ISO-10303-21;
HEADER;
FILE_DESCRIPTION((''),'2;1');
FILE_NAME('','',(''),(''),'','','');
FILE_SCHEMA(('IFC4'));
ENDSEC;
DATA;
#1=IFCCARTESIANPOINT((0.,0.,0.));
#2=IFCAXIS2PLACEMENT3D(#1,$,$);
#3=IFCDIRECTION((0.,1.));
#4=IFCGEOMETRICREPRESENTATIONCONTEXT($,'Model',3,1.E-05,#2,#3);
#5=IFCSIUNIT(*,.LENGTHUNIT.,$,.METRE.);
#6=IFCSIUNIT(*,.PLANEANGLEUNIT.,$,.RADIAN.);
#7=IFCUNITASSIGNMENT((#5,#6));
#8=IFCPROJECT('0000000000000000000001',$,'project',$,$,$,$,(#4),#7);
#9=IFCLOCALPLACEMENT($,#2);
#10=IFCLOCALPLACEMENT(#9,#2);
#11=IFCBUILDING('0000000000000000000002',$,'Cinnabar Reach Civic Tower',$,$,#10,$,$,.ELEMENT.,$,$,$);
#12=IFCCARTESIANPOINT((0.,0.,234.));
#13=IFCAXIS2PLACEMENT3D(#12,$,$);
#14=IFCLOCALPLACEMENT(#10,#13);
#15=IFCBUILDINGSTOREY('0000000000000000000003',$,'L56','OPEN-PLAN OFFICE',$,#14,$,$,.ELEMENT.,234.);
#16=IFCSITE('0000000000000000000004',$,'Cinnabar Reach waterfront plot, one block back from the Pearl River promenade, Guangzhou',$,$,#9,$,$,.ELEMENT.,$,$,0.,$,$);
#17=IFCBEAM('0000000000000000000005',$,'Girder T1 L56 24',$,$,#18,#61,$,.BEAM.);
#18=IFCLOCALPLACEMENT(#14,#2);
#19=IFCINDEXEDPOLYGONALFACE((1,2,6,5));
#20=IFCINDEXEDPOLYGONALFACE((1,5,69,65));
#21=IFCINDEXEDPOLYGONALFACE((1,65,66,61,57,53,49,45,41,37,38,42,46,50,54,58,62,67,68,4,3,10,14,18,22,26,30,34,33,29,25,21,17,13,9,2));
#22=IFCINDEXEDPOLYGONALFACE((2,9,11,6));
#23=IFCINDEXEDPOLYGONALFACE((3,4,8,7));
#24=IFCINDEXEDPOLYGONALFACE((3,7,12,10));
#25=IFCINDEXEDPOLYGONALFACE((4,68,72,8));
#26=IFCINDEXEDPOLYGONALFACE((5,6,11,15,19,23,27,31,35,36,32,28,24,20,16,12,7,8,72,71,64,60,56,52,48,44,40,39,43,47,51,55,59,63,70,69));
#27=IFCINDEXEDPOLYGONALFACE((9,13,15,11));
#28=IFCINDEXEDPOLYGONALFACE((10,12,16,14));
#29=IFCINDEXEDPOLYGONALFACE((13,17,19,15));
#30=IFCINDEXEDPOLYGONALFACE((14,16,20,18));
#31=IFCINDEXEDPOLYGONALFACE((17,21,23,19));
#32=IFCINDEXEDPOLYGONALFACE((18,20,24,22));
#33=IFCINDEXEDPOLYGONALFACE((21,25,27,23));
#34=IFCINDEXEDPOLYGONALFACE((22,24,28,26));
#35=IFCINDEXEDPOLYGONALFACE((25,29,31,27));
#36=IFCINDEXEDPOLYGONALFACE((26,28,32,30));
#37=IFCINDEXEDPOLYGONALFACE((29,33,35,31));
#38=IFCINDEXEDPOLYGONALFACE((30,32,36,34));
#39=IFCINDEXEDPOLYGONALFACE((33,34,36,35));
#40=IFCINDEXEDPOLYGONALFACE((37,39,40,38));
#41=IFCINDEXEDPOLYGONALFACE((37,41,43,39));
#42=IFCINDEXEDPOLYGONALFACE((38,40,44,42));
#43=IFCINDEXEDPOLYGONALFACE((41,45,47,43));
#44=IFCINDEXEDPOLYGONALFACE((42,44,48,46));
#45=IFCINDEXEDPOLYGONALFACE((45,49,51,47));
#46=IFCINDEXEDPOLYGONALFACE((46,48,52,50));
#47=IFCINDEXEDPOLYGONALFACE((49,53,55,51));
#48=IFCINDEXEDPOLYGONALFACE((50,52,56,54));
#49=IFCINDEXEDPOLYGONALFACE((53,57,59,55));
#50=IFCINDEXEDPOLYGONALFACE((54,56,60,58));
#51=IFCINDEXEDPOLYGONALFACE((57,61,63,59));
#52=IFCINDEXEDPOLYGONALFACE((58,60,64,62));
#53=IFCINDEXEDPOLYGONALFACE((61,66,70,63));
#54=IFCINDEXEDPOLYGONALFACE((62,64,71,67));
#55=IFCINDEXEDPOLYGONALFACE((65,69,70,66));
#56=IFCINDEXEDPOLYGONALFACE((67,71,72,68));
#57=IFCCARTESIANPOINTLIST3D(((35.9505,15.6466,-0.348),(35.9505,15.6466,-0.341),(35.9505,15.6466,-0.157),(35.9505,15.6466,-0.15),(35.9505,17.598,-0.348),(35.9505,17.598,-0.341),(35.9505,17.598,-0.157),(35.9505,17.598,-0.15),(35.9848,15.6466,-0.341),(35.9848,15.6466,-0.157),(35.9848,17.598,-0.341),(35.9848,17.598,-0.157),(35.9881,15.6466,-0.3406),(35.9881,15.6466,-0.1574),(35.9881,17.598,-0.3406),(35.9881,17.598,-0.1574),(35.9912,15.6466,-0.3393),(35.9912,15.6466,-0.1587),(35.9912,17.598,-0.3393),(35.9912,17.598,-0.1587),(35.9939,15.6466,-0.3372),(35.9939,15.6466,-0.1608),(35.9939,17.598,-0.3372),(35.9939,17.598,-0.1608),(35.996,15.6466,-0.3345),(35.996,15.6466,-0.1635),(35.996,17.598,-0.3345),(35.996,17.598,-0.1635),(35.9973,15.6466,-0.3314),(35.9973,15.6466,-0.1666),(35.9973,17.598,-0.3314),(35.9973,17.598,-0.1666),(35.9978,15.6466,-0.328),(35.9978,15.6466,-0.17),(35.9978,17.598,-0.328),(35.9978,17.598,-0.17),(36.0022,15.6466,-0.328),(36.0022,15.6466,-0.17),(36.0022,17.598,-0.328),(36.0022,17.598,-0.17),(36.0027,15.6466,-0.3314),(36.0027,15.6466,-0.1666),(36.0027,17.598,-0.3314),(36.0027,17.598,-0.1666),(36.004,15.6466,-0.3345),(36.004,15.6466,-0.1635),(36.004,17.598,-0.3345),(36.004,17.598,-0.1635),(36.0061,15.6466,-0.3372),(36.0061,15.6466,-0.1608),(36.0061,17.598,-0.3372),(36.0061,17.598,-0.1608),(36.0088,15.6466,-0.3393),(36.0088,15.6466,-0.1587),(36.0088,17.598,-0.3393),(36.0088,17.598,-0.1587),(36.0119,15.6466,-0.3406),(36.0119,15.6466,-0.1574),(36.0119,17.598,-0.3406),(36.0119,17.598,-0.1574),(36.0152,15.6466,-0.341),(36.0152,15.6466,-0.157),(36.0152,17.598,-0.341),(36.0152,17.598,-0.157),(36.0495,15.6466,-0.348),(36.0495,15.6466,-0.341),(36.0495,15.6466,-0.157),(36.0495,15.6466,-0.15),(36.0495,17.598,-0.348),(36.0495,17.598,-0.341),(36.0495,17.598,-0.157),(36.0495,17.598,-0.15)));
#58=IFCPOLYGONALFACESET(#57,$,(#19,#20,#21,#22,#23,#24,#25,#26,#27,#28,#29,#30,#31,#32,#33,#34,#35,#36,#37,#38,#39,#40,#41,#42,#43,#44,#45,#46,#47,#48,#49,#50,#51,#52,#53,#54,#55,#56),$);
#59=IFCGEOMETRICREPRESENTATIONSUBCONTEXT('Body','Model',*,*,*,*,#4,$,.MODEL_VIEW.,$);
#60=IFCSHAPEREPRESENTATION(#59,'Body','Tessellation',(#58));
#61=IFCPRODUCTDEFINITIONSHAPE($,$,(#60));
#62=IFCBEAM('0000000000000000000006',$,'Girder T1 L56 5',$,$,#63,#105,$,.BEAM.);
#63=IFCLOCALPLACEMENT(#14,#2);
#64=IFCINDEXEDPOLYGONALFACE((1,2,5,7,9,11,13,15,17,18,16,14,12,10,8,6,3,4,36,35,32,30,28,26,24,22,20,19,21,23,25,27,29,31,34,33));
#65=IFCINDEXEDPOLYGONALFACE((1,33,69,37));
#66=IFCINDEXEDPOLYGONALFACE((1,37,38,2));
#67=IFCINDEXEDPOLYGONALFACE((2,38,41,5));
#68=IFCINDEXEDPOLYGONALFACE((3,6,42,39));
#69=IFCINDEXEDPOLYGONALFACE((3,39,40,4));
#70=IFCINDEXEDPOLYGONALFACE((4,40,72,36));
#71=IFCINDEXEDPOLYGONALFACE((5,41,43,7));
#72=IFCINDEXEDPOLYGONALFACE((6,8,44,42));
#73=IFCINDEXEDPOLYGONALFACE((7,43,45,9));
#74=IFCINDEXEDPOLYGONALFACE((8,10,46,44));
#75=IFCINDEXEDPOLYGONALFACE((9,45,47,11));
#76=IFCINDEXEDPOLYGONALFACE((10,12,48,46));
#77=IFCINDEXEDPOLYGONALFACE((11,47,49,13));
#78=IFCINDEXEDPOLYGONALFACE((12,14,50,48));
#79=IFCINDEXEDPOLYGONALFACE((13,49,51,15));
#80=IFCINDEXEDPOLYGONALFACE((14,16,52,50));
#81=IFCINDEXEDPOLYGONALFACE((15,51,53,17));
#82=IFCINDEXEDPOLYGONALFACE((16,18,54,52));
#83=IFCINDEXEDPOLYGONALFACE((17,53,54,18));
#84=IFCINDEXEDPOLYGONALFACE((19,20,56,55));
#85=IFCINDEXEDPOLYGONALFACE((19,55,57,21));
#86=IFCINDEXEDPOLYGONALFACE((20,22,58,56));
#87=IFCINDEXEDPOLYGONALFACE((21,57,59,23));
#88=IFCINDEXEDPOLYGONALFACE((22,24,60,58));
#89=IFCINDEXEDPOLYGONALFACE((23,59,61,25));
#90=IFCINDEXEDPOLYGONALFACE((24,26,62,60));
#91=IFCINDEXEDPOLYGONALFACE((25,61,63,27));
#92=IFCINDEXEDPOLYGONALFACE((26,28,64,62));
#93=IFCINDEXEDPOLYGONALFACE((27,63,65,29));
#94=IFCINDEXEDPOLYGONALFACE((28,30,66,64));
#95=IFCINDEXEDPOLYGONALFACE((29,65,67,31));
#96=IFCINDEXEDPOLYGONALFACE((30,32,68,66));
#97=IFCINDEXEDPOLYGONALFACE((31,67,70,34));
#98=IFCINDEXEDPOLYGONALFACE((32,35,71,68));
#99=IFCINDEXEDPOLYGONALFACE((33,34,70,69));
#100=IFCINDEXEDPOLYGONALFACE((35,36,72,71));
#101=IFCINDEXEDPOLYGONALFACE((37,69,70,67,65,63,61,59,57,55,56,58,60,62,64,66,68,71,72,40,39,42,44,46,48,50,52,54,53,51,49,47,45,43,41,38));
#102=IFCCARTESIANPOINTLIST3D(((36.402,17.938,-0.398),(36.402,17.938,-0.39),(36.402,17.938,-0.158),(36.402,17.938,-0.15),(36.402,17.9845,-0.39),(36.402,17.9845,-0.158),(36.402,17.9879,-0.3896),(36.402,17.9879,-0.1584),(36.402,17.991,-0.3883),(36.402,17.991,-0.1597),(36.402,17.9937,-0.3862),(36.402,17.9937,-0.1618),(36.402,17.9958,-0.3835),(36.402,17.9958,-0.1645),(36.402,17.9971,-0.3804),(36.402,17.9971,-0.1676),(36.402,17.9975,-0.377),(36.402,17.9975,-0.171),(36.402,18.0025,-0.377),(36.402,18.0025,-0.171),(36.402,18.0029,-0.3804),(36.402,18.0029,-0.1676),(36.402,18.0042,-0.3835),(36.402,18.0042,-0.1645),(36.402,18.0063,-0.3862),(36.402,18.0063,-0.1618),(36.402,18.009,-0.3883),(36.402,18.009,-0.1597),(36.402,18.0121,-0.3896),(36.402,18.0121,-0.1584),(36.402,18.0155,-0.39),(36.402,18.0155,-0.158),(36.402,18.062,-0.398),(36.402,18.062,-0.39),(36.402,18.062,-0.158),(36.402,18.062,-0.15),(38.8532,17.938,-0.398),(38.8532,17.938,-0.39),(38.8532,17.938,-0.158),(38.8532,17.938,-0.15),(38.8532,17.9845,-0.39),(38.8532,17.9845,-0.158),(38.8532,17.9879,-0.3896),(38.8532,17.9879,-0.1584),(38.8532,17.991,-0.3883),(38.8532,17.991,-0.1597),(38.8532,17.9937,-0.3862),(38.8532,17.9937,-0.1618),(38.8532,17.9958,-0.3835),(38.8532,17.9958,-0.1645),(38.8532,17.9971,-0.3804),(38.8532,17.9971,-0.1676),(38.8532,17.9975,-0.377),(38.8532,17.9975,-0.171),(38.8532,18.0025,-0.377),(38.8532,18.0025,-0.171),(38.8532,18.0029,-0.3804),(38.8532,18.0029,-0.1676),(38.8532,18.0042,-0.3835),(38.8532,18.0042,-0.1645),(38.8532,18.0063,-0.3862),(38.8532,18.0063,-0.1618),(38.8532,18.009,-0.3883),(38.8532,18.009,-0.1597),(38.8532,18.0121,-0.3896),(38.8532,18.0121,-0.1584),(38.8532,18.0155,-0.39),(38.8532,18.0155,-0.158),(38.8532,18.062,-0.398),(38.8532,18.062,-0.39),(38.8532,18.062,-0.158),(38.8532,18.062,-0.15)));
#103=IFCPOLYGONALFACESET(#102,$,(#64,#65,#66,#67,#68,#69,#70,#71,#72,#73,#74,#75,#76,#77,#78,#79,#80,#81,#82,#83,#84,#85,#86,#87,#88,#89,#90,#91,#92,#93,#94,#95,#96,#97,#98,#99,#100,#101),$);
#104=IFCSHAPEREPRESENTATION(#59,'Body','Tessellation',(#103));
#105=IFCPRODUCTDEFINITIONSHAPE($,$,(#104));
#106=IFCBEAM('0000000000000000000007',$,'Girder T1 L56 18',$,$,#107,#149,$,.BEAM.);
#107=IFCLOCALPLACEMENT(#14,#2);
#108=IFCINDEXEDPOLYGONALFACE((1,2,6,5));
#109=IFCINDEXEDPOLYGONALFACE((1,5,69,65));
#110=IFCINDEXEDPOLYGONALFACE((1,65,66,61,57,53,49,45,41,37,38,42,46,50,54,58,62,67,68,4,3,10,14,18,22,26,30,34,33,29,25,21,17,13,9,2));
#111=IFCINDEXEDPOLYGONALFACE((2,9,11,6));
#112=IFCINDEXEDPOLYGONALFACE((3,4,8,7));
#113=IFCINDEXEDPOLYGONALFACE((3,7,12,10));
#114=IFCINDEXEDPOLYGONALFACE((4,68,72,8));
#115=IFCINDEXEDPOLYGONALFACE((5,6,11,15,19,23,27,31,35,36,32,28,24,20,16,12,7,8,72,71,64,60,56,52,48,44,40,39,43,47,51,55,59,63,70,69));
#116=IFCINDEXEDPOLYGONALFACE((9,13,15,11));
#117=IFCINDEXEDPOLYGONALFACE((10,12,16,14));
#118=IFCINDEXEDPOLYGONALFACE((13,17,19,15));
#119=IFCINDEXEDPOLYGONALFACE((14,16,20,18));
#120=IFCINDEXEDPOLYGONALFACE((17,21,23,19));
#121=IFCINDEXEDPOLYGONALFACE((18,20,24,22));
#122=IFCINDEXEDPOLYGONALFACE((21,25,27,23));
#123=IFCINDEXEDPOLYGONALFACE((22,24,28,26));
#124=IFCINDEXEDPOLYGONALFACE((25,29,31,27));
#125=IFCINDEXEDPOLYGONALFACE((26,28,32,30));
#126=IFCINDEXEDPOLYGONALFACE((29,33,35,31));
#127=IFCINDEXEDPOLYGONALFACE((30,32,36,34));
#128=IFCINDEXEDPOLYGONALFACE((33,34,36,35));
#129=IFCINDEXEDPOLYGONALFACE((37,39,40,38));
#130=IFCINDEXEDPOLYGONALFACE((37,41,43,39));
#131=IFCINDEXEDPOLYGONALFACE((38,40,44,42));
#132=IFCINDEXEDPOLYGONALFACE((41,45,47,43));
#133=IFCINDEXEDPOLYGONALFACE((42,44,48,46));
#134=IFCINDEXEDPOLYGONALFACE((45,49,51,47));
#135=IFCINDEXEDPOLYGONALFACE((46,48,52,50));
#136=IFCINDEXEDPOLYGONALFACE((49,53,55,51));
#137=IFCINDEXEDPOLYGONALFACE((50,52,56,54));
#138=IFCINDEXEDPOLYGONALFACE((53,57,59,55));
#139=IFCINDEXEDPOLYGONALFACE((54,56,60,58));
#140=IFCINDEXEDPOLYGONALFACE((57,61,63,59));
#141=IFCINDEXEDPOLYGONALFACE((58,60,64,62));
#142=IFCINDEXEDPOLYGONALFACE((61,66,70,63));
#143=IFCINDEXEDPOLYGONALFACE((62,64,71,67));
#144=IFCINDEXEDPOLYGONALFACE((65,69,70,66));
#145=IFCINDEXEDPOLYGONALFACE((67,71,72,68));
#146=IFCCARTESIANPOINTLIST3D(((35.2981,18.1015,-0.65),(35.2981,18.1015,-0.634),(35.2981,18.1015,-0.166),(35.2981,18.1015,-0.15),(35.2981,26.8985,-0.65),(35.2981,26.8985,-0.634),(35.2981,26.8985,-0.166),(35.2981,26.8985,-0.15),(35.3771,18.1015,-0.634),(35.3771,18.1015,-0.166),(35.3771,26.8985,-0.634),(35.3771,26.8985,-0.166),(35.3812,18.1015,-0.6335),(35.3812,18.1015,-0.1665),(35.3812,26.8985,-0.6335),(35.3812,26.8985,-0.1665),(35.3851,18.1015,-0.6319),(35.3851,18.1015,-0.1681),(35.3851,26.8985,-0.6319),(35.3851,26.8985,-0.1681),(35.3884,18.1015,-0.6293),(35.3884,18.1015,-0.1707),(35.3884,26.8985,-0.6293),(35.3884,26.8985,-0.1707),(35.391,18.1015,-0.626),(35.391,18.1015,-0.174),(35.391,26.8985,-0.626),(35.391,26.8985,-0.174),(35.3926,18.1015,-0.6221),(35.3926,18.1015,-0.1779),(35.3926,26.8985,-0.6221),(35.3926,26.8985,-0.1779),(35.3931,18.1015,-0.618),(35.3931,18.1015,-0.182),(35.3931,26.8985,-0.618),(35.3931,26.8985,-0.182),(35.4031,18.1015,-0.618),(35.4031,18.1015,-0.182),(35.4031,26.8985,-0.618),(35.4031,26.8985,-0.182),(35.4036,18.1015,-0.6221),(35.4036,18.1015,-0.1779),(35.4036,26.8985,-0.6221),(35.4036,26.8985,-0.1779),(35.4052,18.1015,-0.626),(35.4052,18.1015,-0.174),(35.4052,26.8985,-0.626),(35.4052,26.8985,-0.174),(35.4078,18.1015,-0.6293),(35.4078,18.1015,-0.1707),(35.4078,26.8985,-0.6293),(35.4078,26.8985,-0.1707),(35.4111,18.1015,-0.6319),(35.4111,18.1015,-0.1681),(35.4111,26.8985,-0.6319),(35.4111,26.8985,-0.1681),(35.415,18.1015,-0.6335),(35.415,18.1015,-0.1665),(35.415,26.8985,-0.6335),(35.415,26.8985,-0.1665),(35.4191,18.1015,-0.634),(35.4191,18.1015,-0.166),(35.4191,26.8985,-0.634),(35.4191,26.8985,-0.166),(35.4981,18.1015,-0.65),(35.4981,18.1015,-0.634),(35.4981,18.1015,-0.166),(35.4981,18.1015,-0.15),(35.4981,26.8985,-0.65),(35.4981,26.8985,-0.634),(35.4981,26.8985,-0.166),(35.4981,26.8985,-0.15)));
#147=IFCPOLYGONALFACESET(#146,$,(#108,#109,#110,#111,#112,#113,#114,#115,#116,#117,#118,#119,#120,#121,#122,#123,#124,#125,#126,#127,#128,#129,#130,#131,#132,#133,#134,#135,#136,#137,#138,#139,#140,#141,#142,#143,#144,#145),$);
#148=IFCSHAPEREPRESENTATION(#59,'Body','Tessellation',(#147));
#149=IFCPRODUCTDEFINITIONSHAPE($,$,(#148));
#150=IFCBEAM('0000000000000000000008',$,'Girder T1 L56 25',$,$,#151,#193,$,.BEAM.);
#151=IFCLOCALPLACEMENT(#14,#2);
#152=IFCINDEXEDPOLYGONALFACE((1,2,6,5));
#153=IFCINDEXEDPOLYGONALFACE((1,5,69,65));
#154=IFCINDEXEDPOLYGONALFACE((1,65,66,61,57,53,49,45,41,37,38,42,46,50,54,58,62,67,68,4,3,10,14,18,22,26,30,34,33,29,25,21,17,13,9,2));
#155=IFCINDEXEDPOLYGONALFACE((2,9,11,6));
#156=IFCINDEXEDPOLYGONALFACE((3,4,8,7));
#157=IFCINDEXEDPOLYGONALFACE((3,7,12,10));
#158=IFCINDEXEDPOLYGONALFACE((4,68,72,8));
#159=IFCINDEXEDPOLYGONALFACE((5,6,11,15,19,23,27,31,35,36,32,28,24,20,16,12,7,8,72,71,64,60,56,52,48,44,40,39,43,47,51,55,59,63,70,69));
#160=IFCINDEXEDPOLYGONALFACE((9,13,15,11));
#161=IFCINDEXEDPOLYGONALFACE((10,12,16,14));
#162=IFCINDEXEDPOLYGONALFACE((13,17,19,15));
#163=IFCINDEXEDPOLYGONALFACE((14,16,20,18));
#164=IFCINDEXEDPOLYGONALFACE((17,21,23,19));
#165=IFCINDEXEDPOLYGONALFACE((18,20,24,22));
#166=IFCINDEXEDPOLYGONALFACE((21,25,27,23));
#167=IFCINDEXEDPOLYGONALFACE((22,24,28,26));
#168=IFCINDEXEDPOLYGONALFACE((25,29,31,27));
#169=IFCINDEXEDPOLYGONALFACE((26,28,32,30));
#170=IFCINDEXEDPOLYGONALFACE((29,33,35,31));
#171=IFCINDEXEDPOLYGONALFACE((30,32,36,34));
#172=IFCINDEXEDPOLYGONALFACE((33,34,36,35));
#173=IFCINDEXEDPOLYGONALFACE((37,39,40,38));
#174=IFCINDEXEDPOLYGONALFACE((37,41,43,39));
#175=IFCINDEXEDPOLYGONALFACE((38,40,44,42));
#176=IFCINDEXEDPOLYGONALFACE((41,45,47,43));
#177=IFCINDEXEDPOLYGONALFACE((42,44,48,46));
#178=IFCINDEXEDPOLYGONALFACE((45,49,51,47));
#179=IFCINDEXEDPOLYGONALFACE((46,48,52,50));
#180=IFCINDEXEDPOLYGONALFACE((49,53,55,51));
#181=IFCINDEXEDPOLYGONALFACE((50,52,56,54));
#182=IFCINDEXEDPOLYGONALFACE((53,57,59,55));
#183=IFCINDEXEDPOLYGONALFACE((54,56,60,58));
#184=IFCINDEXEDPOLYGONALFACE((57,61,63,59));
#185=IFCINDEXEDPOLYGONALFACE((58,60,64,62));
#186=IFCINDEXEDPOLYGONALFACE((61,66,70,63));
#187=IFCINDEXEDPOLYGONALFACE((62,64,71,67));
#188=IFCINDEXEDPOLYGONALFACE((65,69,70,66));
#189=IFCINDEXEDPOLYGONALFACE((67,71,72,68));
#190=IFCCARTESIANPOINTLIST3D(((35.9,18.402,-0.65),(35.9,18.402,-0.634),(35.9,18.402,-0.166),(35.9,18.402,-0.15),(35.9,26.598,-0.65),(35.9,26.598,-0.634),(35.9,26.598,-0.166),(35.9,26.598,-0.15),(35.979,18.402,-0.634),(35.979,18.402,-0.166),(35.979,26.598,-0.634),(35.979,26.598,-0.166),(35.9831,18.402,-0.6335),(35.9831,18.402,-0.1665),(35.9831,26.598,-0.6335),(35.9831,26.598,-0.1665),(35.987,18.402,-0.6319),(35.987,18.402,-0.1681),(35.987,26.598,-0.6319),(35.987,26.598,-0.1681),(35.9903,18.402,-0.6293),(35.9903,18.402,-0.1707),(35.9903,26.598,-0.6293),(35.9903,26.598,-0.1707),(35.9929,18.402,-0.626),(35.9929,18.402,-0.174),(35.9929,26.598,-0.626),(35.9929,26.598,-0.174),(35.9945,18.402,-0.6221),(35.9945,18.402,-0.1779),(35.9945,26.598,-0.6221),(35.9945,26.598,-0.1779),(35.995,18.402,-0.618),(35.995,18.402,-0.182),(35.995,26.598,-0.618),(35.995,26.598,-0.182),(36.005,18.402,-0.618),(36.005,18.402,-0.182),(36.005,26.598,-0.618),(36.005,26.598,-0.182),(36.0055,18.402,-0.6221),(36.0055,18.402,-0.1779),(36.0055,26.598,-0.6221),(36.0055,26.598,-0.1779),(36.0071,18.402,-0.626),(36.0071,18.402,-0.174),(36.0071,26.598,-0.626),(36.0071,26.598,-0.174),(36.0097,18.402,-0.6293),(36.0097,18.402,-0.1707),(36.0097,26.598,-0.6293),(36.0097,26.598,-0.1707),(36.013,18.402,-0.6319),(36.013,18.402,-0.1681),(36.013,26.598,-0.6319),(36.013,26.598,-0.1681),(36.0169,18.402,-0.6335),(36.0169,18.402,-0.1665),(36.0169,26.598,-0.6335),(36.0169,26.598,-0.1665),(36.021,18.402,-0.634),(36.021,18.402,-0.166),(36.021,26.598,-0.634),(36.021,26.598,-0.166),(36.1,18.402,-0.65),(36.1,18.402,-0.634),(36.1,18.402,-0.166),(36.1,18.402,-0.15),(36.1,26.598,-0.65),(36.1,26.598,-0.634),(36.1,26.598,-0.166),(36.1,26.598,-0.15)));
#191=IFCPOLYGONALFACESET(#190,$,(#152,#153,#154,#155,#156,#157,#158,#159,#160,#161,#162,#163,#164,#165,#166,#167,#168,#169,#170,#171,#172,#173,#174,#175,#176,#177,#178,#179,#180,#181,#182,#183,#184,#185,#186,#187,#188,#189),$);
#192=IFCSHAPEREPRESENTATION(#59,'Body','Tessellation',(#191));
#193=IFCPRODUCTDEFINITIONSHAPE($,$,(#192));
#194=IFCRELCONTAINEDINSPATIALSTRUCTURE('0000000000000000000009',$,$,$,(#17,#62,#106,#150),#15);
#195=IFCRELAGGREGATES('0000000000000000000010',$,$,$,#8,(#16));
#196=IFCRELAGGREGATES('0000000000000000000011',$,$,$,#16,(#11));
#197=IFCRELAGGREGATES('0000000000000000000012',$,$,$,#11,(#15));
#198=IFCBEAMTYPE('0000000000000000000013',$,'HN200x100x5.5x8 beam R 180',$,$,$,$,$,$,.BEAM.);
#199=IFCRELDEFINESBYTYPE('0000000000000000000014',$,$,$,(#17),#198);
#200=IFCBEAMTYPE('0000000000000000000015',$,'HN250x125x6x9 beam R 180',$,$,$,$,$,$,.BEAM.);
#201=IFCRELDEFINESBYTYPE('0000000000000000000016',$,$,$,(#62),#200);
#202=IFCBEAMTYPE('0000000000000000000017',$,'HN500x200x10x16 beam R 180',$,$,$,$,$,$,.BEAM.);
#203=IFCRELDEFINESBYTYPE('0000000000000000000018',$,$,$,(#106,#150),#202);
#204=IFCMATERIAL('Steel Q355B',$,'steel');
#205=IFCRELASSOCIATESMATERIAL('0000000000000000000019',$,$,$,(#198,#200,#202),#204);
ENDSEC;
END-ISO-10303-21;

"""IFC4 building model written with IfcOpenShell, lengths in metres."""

from ifc_helpers import new_model, si_unit, direction, frame, origin, origin_2d, place, context, subcontext, project, spatial, i_section, extrude, material, material_profile, profile_set, type_object, element, save


model = new_model("IFC4")

# Units and contexts
model_context = context("Model", 3, precision=1e-05, world=origin(), true_north=direction((0.0, 1.0)))
body_context = subcontext(model_context, "Body", "Model", "MODEL_VIEW")
ifc_project = project(units=[si_unit("LENGTHUNIT", "METRE"), si_unit("PLANEANGLEUNIT", "RADIAN")], contexts=[model_context])

# Site, building, storey
site_placement = place(None, origin())
site = spatial("IfcSite", under=ifc_project, at=site_placement, Name="Cinnabar Reach waterfront plot, one block back from the Pearl River promenade, Guangzhou", CompositionType="ELEMENT", RefElevation=0.0)
building_placement = place(site_placement, origin())
building = spatial("IfcBuilding", under=site, at=building_placement, Name="Cinnabar Reach Civic Tower", CompositionType="ELEMENT")
storey_placement = place(building_placement, frame((0.0, 0.0, 234.0)))
storey = spatial("IfcBuildingStorey", under=building, at=storey_placement, Name="L56", Description="OPEN-PLAN OFFICE", CompositionType="ELEMENT", Elevation=234.0)

# Beams
ifc_material_1 = material(Name="Steel Q355B", Category="steel")
ifc_material_profile_1 = material_profile(ifc_material_1, i_section(OverallWidth=0.099, OverallDepth=0.198, WebThickness=0.0045, FlangeThickness=0.007, FilletRadius=0.013, at=origin_2d()), Name="HN200x100x5.5x8")
ifc_profile_set_1 = profile_set([ifc_material_profile_1], Name="Steel Q355B")
beam_type_1 = type_object("IfcBeamType", Name="HN200x100x5.5x8 beam R 180", PredefinedType="BEAM", material=ifc_profile_set_1)
beam_1_placement = place(storey_placement, frame((36.0, 15.6466, -0.249), z_axis=(0.0, 1.0, 0.0), x_axis=(-1.0, 0.0, 0.0)))
element("IfcBeam", 1, at=beam_1_placement, inside=storey, type_object=beam_type_1, Name="Girder T1 L56 24", PredefinedType="BEAM", context=body_context, shape_type="SweptSolid", body=[
    extrude(i_section(OverallWidth=0.099, OverallDepth=0.198, WebThickness=0.0045, FlangeThickness=0.007, FilletRadius=0.013, at=origin_2d()), origin(), (0.0, 0.0, 1.0), 1.9514),
])
ifc_material_profile_2 = material_profile(ifc_material_1, i_section(OverallWidth=0.124, OverallDepth=0.248, WebThickness=0.005, FlangeThickness=0.008, FilletRadius=0.013, at=origin_2d()), Name="HN250x125x6x9")
ifc_profile_set_2 = profile_set([ifc_material_profile_2], Name="Steel Q355B")
beam_type_2 = type_object("IfcBeamType", Name="HN250x125x6x9 beam R 180", PredefinedType="BEAM", material=ifc_profile_set_2)
beam_2_placement = place(storey_placement, frame((36.402, 18.0, -0.274), z_axis=(1.0, 0.0, 0.0), x_axis=(0.0, 1.0, 0.0)))
element("IfcBeam", 2, at=beam_2_placement, inside=storey, type_object=beam_type_2, Name="Girder T1 L56 5", PredefinedType="BEAM", context=body_context, shape_type="SweptSolid", body=[
    extrude(i_section(OverallWidth=0.124, OverallDepth=0.248, WebThickness=0.005, FlangeThickness=0.008, FilletRadius=0.013, at=origin_2d()), origin(), (0.0, 0.0, 1.0), 2.4512),
])
ifc_material_profile_3 = material_profile(ifc_material_1, i_section(OverallWidth=0.2, OverallDepth=0.5, WebThickness=0.01, FlangeThickness=0.016, FilletRadius=0.016, at=origin_2d()), Name="HN500x200x10x16")
ifc_profile_set_3 = profile_set([ifc_material_profile_3], Name="Steel Q355B")
beam_type_3 = type_object("IfcBeamType", Name="HN500x200x10x16 beam R 180", PredefinedType="BEAM", material=ifc_profile_set_3)
beam_3_placement = place(storey_placement, frame((35.3981, 18.1015, -0.4), z_axis=(0.0, 1.0, 0.0), x_axis=(-1.0, 0.0, 0.0)))
element("IfcBeam", 3, at=beam_3_placement, inside=storey, type_object=beam_type_3, Name="Girder T1 L56 18", PredefinedType="BEAM", context=body_context, shape_type="SweptSolid", body=[
    extrude(i_section(OverallWidth=0.2, OverallDepth=0.5, WebThickness=0.01, FlangeThickness=0.016, FilletRadius=0.016, at=origin_2d()), origin(), (0.0, 0.0, 1.0), 8.797),
])
beam_4_placement = place(storey_placement, frame((36.0, 18.402, -0.4), z_axis=(0.0, 1.0, 0.0), x_axis=(-1.0, 0.0, 0.0)))
element("IfcBeam", 4, at=beam_4_placement, inside=storey, type_object=beam_type_3, Name="Girder T1 L56 25", PredefinedType="BEAM", context=body_context, shape_type="SweptSolid", body=[
    extrude(i_section(OverallWidth=0.2, OverallDepth=0.5, WebThickness=0.01, FlangeThickness=0.016, FilletRadius=0.016, at=origin_2d()), origin(), (0.0, 0.0, 1.0), 8.196),
])

save(model, "model.ifc")
